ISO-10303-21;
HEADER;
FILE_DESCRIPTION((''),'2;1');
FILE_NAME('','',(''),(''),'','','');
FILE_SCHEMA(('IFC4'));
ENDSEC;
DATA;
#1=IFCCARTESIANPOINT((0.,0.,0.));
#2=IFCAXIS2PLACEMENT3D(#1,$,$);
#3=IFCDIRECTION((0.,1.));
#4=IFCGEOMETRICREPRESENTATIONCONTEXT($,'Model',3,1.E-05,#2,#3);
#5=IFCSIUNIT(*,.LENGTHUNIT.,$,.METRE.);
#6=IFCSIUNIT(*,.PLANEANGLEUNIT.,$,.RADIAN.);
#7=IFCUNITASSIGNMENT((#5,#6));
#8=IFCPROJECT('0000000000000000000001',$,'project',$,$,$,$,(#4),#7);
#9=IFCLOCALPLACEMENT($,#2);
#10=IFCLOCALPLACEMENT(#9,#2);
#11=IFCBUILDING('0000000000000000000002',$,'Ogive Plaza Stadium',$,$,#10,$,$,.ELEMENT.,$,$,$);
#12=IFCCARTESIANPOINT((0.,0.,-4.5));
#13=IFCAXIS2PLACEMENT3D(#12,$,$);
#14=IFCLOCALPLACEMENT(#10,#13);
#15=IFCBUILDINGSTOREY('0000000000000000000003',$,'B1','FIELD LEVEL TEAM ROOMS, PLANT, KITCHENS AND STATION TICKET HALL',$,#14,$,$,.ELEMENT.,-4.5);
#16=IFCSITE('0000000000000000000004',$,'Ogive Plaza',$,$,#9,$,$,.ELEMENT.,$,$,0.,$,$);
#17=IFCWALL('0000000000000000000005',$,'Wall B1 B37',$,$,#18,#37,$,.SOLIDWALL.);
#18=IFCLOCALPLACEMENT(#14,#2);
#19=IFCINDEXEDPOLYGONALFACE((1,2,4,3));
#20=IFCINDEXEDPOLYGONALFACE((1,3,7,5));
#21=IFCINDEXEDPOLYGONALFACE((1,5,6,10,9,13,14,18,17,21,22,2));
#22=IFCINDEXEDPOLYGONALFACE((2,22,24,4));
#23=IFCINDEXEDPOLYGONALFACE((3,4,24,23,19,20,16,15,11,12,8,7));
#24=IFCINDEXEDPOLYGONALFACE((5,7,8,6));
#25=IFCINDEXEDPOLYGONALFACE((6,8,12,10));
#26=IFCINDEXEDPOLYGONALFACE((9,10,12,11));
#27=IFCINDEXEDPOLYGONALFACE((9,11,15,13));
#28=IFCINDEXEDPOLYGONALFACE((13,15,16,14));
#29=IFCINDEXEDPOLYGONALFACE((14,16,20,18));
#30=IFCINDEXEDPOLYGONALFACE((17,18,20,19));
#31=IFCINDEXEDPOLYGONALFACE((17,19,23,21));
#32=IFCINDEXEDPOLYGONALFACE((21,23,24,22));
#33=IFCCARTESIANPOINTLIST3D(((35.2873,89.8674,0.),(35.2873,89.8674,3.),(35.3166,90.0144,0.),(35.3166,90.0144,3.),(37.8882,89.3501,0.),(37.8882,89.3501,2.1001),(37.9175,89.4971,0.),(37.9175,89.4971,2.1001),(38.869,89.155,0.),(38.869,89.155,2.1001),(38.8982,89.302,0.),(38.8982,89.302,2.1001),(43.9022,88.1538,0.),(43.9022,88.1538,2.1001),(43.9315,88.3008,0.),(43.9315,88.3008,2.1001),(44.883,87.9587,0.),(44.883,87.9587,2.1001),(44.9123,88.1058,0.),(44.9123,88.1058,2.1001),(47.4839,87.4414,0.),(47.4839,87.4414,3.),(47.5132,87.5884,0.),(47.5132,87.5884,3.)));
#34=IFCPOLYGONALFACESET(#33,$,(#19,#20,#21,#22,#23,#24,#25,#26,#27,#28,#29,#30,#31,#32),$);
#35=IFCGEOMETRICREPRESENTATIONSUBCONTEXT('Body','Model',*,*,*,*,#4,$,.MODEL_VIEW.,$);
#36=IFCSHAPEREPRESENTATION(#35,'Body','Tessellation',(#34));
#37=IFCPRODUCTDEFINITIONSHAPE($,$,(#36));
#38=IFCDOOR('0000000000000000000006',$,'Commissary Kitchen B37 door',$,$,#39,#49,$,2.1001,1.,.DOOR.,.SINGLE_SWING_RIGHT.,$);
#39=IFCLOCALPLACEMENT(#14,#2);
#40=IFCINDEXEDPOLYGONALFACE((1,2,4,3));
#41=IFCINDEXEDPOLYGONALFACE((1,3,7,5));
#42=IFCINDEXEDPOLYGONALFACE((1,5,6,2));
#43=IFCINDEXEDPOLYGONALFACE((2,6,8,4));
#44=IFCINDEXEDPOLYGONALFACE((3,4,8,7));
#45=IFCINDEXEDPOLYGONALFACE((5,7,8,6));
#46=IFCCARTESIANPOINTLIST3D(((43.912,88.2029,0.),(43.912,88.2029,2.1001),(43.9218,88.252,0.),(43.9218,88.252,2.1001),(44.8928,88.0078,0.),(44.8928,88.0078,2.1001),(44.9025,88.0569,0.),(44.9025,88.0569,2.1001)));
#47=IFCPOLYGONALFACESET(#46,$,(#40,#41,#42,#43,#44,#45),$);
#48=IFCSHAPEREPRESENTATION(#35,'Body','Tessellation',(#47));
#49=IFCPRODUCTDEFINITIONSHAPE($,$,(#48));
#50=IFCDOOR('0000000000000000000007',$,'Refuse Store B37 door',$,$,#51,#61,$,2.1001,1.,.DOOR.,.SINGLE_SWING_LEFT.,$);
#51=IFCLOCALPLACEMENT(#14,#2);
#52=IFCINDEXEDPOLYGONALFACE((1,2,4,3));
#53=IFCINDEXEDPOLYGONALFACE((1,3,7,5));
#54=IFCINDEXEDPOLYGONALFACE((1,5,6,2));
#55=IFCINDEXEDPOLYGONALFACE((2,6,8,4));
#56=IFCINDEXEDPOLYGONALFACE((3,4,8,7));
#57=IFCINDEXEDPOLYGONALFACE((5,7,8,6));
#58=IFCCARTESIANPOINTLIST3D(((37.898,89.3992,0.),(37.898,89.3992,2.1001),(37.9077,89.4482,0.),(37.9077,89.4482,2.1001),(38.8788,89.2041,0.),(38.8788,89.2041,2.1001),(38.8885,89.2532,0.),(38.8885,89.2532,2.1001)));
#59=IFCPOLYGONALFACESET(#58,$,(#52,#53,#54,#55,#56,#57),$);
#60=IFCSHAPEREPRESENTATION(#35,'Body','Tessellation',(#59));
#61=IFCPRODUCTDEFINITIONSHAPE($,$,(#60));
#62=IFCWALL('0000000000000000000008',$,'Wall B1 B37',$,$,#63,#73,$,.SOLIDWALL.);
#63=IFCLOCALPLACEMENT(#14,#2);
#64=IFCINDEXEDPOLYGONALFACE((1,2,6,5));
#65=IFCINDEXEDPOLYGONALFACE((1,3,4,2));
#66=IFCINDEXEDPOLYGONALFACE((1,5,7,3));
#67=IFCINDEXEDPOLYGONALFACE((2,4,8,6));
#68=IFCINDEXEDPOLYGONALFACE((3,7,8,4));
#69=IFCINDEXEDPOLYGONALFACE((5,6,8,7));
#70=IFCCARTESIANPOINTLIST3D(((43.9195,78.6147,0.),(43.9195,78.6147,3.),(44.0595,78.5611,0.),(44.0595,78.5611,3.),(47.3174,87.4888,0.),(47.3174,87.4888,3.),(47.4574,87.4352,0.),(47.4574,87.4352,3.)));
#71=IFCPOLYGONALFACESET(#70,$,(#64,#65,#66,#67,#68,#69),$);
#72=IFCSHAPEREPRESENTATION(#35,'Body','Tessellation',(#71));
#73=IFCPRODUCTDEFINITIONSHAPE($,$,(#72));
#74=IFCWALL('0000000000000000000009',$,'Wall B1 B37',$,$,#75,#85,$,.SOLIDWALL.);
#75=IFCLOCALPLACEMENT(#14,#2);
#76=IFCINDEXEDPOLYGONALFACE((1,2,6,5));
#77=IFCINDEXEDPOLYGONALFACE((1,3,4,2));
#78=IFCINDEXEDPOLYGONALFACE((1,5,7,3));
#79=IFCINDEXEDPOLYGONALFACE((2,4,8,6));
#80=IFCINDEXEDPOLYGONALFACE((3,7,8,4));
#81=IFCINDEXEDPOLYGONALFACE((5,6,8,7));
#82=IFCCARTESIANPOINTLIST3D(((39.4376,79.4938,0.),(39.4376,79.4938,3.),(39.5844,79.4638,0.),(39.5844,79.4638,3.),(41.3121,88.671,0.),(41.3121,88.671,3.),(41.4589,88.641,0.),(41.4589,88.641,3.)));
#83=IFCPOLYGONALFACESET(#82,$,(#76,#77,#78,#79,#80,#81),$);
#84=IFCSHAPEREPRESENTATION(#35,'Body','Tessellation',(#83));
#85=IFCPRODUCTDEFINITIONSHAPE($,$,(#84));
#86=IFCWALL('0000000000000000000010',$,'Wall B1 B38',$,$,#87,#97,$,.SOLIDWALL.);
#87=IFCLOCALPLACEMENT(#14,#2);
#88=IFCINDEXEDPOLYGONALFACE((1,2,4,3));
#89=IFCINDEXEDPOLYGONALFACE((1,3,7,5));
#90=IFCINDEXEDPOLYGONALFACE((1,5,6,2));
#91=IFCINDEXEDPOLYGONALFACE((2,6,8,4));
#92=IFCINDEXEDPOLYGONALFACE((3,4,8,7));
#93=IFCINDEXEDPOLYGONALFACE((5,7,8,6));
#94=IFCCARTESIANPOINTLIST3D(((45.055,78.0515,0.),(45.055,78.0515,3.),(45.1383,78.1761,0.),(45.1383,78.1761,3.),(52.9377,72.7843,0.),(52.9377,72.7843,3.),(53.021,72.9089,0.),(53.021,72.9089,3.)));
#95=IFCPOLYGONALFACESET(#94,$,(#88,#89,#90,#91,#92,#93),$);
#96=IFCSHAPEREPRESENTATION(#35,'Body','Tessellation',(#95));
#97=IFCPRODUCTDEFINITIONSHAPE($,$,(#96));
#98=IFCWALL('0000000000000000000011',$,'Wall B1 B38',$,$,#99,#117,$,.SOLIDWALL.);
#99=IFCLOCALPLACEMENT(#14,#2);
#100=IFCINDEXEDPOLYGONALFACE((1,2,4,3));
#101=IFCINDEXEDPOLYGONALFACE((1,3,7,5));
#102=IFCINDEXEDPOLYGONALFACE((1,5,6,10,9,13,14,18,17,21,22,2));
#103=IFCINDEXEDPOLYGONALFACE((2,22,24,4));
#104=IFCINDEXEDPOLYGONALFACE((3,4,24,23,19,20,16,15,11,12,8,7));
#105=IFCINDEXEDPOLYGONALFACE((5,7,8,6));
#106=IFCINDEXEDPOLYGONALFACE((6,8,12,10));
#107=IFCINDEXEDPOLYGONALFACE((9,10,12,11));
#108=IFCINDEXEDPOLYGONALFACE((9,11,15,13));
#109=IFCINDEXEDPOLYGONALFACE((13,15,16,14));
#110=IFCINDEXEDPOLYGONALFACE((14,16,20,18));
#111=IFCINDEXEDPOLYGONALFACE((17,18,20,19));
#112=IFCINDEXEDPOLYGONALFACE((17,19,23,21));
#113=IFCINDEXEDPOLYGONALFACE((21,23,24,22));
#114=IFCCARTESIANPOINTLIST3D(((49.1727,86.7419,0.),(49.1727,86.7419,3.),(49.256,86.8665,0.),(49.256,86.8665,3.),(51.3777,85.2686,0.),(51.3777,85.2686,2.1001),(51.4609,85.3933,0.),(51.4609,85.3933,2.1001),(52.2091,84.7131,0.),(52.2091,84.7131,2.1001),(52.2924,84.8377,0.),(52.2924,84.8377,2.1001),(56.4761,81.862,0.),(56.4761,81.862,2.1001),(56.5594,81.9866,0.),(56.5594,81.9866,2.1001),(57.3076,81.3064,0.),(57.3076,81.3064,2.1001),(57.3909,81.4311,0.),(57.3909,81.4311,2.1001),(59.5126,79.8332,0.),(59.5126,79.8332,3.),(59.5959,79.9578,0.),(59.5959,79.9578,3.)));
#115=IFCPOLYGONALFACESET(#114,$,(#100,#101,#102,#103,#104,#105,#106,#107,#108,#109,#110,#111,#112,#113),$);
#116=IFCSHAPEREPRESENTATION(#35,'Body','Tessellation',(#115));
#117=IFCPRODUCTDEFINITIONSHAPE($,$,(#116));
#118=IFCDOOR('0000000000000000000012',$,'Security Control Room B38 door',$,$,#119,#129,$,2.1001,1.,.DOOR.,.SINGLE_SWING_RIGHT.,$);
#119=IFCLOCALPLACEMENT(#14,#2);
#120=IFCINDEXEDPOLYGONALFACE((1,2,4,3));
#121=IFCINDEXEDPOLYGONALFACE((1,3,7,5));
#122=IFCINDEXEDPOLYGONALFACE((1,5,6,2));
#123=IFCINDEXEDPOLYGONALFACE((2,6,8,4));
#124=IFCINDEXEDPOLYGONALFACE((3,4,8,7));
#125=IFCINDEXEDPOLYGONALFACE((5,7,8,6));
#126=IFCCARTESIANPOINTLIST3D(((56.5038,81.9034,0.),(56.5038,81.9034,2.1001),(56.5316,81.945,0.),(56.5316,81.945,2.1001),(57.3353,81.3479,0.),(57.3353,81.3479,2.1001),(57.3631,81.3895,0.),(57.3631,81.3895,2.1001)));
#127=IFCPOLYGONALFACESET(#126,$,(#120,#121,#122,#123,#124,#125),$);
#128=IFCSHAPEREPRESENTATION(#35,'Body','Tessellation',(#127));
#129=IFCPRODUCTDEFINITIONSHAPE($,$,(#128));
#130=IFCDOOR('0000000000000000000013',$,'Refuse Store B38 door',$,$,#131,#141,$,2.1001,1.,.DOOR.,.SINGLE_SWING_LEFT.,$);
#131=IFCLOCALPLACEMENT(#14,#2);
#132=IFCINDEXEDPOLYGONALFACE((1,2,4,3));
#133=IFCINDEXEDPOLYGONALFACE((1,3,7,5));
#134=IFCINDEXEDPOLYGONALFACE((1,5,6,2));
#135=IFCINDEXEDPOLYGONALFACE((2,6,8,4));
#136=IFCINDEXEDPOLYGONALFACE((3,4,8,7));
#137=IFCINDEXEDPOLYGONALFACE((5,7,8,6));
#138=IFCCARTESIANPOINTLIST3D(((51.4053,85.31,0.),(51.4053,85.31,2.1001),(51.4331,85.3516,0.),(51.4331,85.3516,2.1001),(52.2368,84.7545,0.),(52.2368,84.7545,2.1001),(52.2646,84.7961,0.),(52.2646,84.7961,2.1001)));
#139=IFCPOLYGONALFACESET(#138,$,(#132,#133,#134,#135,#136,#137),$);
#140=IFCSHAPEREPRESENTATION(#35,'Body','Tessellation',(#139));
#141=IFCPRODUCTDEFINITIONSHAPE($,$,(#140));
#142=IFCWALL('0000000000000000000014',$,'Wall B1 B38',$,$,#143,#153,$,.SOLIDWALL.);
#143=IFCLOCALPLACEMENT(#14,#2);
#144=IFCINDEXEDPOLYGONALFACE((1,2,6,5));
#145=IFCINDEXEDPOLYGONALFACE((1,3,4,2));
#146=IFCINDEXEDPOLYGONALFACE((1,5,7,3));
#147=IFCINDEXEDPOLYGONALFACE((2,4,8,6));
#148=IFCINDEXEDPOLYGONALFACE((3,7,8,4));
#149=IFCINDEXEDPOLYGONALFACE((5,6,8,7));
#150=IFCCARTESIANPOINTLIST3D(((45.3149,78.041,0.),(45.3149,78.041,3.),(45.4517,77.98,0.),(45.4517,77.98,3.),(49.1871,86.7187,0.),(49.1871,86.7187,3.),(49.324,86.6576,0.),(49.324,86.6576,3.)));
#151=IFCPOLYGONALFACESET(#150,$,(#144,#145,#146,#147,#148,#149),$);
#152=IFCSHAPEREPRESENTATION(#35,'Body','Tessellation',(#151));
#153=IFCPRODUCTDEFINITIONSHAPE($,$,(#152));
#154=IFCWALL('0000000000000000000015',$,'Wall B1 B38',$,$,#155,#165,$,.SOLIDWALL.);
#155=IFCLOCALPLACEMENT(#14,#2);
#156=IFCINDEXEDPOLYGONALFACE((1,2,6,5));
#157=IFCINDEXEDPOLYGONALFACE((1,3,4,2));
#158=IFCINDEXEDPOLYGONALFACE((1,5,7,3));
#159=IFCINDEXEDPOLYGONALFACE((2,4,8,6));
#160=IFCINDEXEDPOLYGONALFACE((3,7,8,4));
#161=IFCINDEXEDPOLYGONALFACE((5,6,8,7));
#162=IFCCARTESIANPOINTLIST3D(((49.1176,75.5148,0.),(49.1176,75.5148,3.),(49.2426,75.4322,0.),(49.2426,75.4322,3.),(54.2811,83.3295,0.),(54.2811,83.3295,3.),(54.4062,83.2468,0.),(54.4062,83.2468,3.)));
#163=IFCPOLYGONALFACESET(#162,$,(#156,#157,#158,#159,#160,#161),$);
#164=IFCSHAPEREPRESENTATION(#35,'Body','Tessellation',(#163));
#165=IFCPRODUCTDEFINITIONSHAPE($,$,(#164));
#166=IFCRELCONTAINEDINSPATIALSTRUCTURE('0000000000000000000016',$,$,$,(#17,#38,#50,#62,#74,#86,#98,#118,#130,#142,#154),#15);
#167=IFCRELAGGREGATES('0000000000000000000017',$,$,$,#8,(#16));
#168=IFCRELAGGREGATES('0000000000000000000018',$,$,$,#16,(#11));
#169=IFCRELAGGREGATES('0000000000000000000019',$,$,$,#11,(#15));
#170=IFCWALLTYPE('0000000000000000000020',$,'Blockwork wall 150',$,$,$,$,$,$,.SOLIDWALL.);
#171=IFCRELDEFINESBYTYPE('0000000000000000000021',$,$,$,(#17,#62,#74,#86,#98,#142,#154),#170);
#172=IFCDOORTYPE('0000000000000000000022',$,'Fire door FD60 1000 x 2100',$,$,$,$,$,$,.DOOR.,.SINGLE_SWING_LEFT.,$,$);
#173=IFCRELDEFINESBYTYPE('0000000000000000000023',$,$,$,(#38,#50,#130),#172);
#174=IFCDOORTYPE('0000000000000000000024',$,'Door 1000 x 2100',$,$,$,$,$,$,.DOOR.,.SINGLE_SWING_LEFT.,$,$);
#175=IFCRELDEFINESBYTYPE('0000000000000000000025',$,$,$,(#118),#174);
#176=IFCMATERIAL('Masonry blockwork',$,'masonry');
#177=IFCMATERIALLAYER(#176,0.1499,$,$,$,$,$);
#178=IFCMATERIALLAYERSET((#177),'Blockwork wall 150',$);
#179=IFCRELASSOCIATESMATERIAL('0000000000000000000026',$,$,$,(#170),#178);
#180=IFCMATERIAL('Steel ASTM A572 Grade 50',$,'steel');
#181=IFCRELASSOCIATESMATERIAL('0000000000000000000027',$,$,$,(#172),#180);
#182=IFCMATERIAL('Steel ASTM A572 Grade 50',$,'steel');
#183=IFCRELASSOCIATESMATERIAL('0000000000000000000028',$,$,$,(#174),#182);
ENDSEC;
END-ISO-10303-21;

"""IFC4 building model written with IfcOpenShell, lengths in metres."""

from ifc_helpers import new_model, si_unit, direction, frame, frame_2d, origin, place, context, subcontext, project, spatial, rectangle, extrude, material, layer, layer_set, type_object, element, fill, save


model = new_model("IFC4")

# Units and contexts
model_context = context("Model", 3, precision=1e-05, world=origin(), true_north=direction((0.0, 1.0)))
body_context = subcontext(model_context, "Body", "Model", "MODEL_VIEW")
ifc_project = project(units=[si_unit("LENGTHUNIT", "METRE"), si_unit("PLANEANGLEUNIT", "RADIAN")], contexts=[model_context])

# Site, building, storey
site_placement = place(None, origin())
site = spatial("IfcSite", under=ifc_project, at=site_placement, Name="Ogive Plaza", CompositionType="ELEMENT", RefElevation=0.0)
building_placement = place(site_placement, origin())
building = spatial("IfcBuilding", under=site, at=building_placement, Name="Ogive Plaza Stadium", CompositionType="ELEMENT")
storey_placement = place(building_placement, frame((0.0, 0.0, -4.5)))
storey = spatial("IfcBuildingStorey", under=building, at=storey_placement, Name="B1", Description="FIELD LEVEL TEAM ROOMS, PLANT, KITCHENS AND STATION TICKET HALL", CompositionType="ELEMENT", Elevation=-4.5)

# Shared definitions
ifc_material_1 = material(Name="Masonry blockwork", Category="masonry")
ifc_layer_1 = layer(ifc_material_1, 0.1499)
ifc_layer_set_1 = layer_set([ifc_layer_1], Name="Blockwork wall 150")
wall_type = type_object("IfcWallType", Name="Blockwork wall 150", PredefinedType="SOLIDWALL", material=ifc_layer_set_1)

# Wall, openings, doors
wall_1_placement = place(storey_placement, frame((47.4985, 87.5149, 0.0), z_axis=(0.0, 0.0, 1.0), x_axis=(-0.980786, 0.195089, 0.0)))
wall_1 = element("IfcWall", 1, at=wall_1_placement, inside=storey, type_object=wall_type, Name="Wall B1 B37", PredefinedType="SOLIDWALL", context=body_context, shape_type="SweptSolid", body=[
    extrude(rectangle(XDim=12.4355, YDim=0.1499, at=frame_2d((6.2178, 0.0))), origin(), (0.0, 0.0, 1.0), 3.0),
])
opening_1_placement = place(wall_1_placement, frame((2.6519, 0.0, 0.0)))
opening_1 = element("IfcOpeningElement", 2, at=opening_1_placement, cuts=wall_1, PredefinedType="OPENING", context=body_context, shape_type="SweptSolid", body=[
    extrude(rectangle(XDim=1.0, YDim=2.1001, at=frame_2d((0.5, 1.05))), frame((0.0, 0.075, 0.0), z_axis=(0.0, -1.0, 0.0), x_axis=(1.0, 0.0, 0.0)), (0.0, 0.0, 1.0), 0.1499),
])
opening_2_placement = place(wall_1_placement, frame((8.7837, 0.0, 0.0)))
opening_2 = element("IfcOpeningElement", 3, at=opening_2_placement, cuts=wall_1, PredefinedType="OPENING", context=body_context, shape_type="SweptSolid", body=[
    extrude(rectangle(XDim=1.0, YDim=2.1001, at=frame_2d((0.5, 1.05))), frame((0.0, 0.075, 0.0), z_axis=(0.0, -1.0, 0.0), x_axis=(1.0, 0.0, 0.0)), (0.0, 0.0, 1.0), 0.1499),
])
ifc_material_2 = material(Name="Steel ASTM A572 Grade 50", Category="steel")
door_type_1 = type_object("IfcDoorType", Name="Fire door FD60 1000 x 2100", OperationType="SINGLE_SWING_LEFT", PredefinedType="DOOR", material=ifc_material_2)
door_1_placement = place(opening_1_placement, origin())
door_1 = element("IfcDoor", 4, at=door_1_placement, inside=storey, type_object=door_type_1, Name="Commissary Kitchen B37 door", OperationType="SINGLE_SWING_RIGHT", OverallHeight=2.1001, OverallWidth=1.0, PredefinedType="DOOR", context=body_context, shape_type="SweptSolid", body=[
    extrude(rectangle(XDim=1.0, YDim=2.1001, at=frame_2d((0.5, 1.05))), frame((0.0, 0.0249, 0.0), z_axis=(0.0, -1.0, 0.0), x_axis=(1.0, 0.0, 0.0)), (0.0, 0.0, 1.0), 0.05),
])
fill(opening_1, door_1)
door_2_placement = place(opening_2_placement, origin())
door_2 = element("IfcDoor", 5, at=door_2_placement, inside=storey, type_object=door_type_1, Name="Refuse Store B37 door", OperationType="SINGLE_SWING_LEFT", OverallHeight=2.1001, OverallWidth=1.0, PredefinedType="DOOR", context=body_context, shape_type="SweptSolid", body=[
    extrude(rectangle(XDim=1.0, YDim=2.1001, at=frame_2d((0.5, 1.05))), frame((0.0, 0.0249, 0.0), z_axis=(0.0, -1.0, 0.0), x_axis=(1.0, 0.0, 0.0)), (0.0, 0.0, 1.0), 0.05),
])
fill(opening_2, door_2)

# Walls
wall_2_placement = place(storey_placement, frame((43.9895, 78.5879, 0.0), z_axis=(0.0, 0.0, 1.0), x_axis=(0.357582, 0.933882, 0.0)))
element("IfcWall", 6, at=wall_2_placement, inside=storey, type_object=wall_type, Name="Wall B1 B37", PredefinedType="SOLIDWALL", context=body_context, shape_type="SweptSolid", body=[
    extrude(rectangle(XDim=9.5024, YDim=0.1499, at=frame_2d((4.7512, 0.0))), origin(), (0.0, 0.0, 1.0), 3.0),
])
wall_3_placement = place(storey_placement, frame((39.511, 79.4788, 0.0), z_axis=(0.0, 0.0, 1.0), x_axis=(0.200124, 0.97977, 0.0)))
element("IfcWall", 7, at=wall_3_placement, inside=storey, type_object=wall_type, Name="Wall B1 B37", PredefinedType="SOLIDWALL", context=body_context, shape_type="SweptSolid", body=[
    extrude(rectangle(XDim=9.3667, YDim=0.1499, at=frame_2d((4.6833, 0.0))), origin(), (0.0, 0.0, 1.0), 3.0),
])
wall_4_placement = place(storey_placement, frame((45.0967, 78.1138, 0.0), z_axis=(0.0, 0.0, 1.0), x_axis=(0.831463, -0.555579, 0.0)))
element("IfcWall", 8, at=wall_4_placement, inside=storey, type_object=wall_type, Name="Wall B1 B38", PredefinedType="SOLIDWALL", context=body_context, shape_type="SweptSolid", body=[
    extrude(rectangle(XDim=9.4805, YDim=0.1499, at=frame_2d((4.7402, 0.0))), origin(), (0.0, 0.0, 1.0), 3.0),
])

# Wall, openings, doors
wall_5_placement = place(storey_placement, frame((49.2144, 86.8042, 0.0), z_axis=(0.0, 0.0, 1.0), x_axis=(0.831476, -0.555561, 0.0)))
wall_5 = element("IfcWall", 9, at=wall_5_placement, inside=storey, type_object=wall_type, Name="Wall B1 B38", PredefinedType="SOLIDWALL", context=body_context, shape_type="SweptSolid", body=[
    extrude(rectangle(XDim=12.4355, YDim=0.1499, at=frame_2d((6.2178, 0.0))), origin(), (0.0, 0.0, 1.0), 3.0),
])
opening_3_placement = place(wall_5_placement, frame((2.6519, 0.0, 0.0)))
opening_3 = element("IfcOpeningElement", 10, at=opening_3_placement, cuts=wall_5, PredefinedType="OPENING", context=body_context, shape_type="SweptSolid", body=[
    extrude(rectangle(XDim=1.0, YDim=2.1001, at=frame_2d((0.5, 1.05))), frame((0.0, 0.075, 0.0), z_axis=(0.0, -1.0, 0.0), x_axis=(1.0, 0.0, 0.0)), (0.0, 0.0, 1.0), 0.1499),
])
opening_4_placement = place(wall_5_placement, frame((8.7837, 0.0, 0.0)))
opening_4 = element("IfcOpeningElement", 11, at=opening_4_placement, cuts=wall_5, PredefinedType="OPENING", context=body_context, shape_type="SweptSolid", body=[
    extrude(rectangle(XDim=1.0, YDim=2.1001, at=frame_2d((0.5, 1.05))), frame((0.0, 0.075, 0.0), z_axis=(0.0, -1.0, 0.0), x_axis=(1.0, 0.0, 0.0)), (0.0, 0.0, 1.0), 0.1499),
])
ifc_material_3 = material(Name="Steel ASTM A572 Grade 50", Category="steel")
door_type_2 = type_object("IfcDoorType", Name="Door 1000 x 2100", OperationType="SINGLE_SWING_LEFT", PredefinedType="DOOR", material=ifc_material_3)
door_3_placement = place(opening_4_placement, origin())
door_3 = element("IfcDoor", 12, at=door_3_placement, inside=storey, type_object=door_type_2, Name="Security Control Room B38 door", OperationType="SINGLE_SWING_RIGHT", OverallHeight=2.1001, OverallWidth=1.0, PredefinedType="DOOR", context=body_context, shape_type="SweptSolid", body=[
    extrude(rectangle(XDim=1.0, YDim=2.1001, at=frame_2d((0.5, 1.05))), frame((0.0, 0.0249, 0.0), z_axis=(0.0, -1.0, 0.0), x_axis=(1.0, 0.0, 0.0)), (0.0, 0.0, 1.0), 0.05),
])
fill(opening_4, door_3)
door_4_placement = place(opening_3_placement, origin())
door_4 = element("IfcDoor", 13, at=door_4_placement, inside=storey, type_object=door_type_1, Name="Refuse Store B38 door", OperationType="SINGLE_SWING_LEFT", OverallHeight=2.1001, OverallWidth=1.0, PredefinedType="DOOR", context=body_context, shape_type="SweptSolid", body=[
    extrude(rectangle(XDim=1.0, YDim=2.1001, at=frame_2d((0.5, 1.05))), frame((0.0, 0.0249, 0.0), z_axis=(0.0, -1.0, 0.0), x_axis=(1.0, 0.0, 0.0)), (0.0, 0.0, 1.0), 0.05),
])
fill(opening_3, door_4)

# Walls
wall_6_placement = place(storey_placement, frame((45.3833, 78.0105, 0.0), z_axis=(0.0, 0.0, 1.0), x_axis=(0.407504, 0.913203, 0.0)))
element("IfcWall", 14, at=wall_6_placement, inside=storey, type_object=wall_type, Name="Wall B1 B38", PredefinedType="SOLIDWALL", context=body_context, shape_type="SweptSolid", body=[
    extrude(rectangle(XDim=9.5024, YDim=0.1499, at=frame_2d((4.7512, 0.0))), origin(), (0.0, 0.0, 1.0), 3.0),
])
wall_7_placement = place(storey_placement, frame((49.1802, 75.4736, 0.0), z_axis=(0.0, 0.0, 1.0), x_axis=(0.551279, 0.834321, 0.0)))
element("IfcWall", 15, at=wall_7_placement, inside=storey, type_object=wall_type, Name="Wall B1 B38", PredefinedType="SOLIDWALL", context=body_context, shape_type="SweptSolid", body=[
    extrude(rectangle(XDim=9.3665, YDim=0.1499, at=frame_2d((4.6831, 0.0))), origin(), (0.0, 0.0, 1.0), 3.0),
])

save(model, "model.ifc")
